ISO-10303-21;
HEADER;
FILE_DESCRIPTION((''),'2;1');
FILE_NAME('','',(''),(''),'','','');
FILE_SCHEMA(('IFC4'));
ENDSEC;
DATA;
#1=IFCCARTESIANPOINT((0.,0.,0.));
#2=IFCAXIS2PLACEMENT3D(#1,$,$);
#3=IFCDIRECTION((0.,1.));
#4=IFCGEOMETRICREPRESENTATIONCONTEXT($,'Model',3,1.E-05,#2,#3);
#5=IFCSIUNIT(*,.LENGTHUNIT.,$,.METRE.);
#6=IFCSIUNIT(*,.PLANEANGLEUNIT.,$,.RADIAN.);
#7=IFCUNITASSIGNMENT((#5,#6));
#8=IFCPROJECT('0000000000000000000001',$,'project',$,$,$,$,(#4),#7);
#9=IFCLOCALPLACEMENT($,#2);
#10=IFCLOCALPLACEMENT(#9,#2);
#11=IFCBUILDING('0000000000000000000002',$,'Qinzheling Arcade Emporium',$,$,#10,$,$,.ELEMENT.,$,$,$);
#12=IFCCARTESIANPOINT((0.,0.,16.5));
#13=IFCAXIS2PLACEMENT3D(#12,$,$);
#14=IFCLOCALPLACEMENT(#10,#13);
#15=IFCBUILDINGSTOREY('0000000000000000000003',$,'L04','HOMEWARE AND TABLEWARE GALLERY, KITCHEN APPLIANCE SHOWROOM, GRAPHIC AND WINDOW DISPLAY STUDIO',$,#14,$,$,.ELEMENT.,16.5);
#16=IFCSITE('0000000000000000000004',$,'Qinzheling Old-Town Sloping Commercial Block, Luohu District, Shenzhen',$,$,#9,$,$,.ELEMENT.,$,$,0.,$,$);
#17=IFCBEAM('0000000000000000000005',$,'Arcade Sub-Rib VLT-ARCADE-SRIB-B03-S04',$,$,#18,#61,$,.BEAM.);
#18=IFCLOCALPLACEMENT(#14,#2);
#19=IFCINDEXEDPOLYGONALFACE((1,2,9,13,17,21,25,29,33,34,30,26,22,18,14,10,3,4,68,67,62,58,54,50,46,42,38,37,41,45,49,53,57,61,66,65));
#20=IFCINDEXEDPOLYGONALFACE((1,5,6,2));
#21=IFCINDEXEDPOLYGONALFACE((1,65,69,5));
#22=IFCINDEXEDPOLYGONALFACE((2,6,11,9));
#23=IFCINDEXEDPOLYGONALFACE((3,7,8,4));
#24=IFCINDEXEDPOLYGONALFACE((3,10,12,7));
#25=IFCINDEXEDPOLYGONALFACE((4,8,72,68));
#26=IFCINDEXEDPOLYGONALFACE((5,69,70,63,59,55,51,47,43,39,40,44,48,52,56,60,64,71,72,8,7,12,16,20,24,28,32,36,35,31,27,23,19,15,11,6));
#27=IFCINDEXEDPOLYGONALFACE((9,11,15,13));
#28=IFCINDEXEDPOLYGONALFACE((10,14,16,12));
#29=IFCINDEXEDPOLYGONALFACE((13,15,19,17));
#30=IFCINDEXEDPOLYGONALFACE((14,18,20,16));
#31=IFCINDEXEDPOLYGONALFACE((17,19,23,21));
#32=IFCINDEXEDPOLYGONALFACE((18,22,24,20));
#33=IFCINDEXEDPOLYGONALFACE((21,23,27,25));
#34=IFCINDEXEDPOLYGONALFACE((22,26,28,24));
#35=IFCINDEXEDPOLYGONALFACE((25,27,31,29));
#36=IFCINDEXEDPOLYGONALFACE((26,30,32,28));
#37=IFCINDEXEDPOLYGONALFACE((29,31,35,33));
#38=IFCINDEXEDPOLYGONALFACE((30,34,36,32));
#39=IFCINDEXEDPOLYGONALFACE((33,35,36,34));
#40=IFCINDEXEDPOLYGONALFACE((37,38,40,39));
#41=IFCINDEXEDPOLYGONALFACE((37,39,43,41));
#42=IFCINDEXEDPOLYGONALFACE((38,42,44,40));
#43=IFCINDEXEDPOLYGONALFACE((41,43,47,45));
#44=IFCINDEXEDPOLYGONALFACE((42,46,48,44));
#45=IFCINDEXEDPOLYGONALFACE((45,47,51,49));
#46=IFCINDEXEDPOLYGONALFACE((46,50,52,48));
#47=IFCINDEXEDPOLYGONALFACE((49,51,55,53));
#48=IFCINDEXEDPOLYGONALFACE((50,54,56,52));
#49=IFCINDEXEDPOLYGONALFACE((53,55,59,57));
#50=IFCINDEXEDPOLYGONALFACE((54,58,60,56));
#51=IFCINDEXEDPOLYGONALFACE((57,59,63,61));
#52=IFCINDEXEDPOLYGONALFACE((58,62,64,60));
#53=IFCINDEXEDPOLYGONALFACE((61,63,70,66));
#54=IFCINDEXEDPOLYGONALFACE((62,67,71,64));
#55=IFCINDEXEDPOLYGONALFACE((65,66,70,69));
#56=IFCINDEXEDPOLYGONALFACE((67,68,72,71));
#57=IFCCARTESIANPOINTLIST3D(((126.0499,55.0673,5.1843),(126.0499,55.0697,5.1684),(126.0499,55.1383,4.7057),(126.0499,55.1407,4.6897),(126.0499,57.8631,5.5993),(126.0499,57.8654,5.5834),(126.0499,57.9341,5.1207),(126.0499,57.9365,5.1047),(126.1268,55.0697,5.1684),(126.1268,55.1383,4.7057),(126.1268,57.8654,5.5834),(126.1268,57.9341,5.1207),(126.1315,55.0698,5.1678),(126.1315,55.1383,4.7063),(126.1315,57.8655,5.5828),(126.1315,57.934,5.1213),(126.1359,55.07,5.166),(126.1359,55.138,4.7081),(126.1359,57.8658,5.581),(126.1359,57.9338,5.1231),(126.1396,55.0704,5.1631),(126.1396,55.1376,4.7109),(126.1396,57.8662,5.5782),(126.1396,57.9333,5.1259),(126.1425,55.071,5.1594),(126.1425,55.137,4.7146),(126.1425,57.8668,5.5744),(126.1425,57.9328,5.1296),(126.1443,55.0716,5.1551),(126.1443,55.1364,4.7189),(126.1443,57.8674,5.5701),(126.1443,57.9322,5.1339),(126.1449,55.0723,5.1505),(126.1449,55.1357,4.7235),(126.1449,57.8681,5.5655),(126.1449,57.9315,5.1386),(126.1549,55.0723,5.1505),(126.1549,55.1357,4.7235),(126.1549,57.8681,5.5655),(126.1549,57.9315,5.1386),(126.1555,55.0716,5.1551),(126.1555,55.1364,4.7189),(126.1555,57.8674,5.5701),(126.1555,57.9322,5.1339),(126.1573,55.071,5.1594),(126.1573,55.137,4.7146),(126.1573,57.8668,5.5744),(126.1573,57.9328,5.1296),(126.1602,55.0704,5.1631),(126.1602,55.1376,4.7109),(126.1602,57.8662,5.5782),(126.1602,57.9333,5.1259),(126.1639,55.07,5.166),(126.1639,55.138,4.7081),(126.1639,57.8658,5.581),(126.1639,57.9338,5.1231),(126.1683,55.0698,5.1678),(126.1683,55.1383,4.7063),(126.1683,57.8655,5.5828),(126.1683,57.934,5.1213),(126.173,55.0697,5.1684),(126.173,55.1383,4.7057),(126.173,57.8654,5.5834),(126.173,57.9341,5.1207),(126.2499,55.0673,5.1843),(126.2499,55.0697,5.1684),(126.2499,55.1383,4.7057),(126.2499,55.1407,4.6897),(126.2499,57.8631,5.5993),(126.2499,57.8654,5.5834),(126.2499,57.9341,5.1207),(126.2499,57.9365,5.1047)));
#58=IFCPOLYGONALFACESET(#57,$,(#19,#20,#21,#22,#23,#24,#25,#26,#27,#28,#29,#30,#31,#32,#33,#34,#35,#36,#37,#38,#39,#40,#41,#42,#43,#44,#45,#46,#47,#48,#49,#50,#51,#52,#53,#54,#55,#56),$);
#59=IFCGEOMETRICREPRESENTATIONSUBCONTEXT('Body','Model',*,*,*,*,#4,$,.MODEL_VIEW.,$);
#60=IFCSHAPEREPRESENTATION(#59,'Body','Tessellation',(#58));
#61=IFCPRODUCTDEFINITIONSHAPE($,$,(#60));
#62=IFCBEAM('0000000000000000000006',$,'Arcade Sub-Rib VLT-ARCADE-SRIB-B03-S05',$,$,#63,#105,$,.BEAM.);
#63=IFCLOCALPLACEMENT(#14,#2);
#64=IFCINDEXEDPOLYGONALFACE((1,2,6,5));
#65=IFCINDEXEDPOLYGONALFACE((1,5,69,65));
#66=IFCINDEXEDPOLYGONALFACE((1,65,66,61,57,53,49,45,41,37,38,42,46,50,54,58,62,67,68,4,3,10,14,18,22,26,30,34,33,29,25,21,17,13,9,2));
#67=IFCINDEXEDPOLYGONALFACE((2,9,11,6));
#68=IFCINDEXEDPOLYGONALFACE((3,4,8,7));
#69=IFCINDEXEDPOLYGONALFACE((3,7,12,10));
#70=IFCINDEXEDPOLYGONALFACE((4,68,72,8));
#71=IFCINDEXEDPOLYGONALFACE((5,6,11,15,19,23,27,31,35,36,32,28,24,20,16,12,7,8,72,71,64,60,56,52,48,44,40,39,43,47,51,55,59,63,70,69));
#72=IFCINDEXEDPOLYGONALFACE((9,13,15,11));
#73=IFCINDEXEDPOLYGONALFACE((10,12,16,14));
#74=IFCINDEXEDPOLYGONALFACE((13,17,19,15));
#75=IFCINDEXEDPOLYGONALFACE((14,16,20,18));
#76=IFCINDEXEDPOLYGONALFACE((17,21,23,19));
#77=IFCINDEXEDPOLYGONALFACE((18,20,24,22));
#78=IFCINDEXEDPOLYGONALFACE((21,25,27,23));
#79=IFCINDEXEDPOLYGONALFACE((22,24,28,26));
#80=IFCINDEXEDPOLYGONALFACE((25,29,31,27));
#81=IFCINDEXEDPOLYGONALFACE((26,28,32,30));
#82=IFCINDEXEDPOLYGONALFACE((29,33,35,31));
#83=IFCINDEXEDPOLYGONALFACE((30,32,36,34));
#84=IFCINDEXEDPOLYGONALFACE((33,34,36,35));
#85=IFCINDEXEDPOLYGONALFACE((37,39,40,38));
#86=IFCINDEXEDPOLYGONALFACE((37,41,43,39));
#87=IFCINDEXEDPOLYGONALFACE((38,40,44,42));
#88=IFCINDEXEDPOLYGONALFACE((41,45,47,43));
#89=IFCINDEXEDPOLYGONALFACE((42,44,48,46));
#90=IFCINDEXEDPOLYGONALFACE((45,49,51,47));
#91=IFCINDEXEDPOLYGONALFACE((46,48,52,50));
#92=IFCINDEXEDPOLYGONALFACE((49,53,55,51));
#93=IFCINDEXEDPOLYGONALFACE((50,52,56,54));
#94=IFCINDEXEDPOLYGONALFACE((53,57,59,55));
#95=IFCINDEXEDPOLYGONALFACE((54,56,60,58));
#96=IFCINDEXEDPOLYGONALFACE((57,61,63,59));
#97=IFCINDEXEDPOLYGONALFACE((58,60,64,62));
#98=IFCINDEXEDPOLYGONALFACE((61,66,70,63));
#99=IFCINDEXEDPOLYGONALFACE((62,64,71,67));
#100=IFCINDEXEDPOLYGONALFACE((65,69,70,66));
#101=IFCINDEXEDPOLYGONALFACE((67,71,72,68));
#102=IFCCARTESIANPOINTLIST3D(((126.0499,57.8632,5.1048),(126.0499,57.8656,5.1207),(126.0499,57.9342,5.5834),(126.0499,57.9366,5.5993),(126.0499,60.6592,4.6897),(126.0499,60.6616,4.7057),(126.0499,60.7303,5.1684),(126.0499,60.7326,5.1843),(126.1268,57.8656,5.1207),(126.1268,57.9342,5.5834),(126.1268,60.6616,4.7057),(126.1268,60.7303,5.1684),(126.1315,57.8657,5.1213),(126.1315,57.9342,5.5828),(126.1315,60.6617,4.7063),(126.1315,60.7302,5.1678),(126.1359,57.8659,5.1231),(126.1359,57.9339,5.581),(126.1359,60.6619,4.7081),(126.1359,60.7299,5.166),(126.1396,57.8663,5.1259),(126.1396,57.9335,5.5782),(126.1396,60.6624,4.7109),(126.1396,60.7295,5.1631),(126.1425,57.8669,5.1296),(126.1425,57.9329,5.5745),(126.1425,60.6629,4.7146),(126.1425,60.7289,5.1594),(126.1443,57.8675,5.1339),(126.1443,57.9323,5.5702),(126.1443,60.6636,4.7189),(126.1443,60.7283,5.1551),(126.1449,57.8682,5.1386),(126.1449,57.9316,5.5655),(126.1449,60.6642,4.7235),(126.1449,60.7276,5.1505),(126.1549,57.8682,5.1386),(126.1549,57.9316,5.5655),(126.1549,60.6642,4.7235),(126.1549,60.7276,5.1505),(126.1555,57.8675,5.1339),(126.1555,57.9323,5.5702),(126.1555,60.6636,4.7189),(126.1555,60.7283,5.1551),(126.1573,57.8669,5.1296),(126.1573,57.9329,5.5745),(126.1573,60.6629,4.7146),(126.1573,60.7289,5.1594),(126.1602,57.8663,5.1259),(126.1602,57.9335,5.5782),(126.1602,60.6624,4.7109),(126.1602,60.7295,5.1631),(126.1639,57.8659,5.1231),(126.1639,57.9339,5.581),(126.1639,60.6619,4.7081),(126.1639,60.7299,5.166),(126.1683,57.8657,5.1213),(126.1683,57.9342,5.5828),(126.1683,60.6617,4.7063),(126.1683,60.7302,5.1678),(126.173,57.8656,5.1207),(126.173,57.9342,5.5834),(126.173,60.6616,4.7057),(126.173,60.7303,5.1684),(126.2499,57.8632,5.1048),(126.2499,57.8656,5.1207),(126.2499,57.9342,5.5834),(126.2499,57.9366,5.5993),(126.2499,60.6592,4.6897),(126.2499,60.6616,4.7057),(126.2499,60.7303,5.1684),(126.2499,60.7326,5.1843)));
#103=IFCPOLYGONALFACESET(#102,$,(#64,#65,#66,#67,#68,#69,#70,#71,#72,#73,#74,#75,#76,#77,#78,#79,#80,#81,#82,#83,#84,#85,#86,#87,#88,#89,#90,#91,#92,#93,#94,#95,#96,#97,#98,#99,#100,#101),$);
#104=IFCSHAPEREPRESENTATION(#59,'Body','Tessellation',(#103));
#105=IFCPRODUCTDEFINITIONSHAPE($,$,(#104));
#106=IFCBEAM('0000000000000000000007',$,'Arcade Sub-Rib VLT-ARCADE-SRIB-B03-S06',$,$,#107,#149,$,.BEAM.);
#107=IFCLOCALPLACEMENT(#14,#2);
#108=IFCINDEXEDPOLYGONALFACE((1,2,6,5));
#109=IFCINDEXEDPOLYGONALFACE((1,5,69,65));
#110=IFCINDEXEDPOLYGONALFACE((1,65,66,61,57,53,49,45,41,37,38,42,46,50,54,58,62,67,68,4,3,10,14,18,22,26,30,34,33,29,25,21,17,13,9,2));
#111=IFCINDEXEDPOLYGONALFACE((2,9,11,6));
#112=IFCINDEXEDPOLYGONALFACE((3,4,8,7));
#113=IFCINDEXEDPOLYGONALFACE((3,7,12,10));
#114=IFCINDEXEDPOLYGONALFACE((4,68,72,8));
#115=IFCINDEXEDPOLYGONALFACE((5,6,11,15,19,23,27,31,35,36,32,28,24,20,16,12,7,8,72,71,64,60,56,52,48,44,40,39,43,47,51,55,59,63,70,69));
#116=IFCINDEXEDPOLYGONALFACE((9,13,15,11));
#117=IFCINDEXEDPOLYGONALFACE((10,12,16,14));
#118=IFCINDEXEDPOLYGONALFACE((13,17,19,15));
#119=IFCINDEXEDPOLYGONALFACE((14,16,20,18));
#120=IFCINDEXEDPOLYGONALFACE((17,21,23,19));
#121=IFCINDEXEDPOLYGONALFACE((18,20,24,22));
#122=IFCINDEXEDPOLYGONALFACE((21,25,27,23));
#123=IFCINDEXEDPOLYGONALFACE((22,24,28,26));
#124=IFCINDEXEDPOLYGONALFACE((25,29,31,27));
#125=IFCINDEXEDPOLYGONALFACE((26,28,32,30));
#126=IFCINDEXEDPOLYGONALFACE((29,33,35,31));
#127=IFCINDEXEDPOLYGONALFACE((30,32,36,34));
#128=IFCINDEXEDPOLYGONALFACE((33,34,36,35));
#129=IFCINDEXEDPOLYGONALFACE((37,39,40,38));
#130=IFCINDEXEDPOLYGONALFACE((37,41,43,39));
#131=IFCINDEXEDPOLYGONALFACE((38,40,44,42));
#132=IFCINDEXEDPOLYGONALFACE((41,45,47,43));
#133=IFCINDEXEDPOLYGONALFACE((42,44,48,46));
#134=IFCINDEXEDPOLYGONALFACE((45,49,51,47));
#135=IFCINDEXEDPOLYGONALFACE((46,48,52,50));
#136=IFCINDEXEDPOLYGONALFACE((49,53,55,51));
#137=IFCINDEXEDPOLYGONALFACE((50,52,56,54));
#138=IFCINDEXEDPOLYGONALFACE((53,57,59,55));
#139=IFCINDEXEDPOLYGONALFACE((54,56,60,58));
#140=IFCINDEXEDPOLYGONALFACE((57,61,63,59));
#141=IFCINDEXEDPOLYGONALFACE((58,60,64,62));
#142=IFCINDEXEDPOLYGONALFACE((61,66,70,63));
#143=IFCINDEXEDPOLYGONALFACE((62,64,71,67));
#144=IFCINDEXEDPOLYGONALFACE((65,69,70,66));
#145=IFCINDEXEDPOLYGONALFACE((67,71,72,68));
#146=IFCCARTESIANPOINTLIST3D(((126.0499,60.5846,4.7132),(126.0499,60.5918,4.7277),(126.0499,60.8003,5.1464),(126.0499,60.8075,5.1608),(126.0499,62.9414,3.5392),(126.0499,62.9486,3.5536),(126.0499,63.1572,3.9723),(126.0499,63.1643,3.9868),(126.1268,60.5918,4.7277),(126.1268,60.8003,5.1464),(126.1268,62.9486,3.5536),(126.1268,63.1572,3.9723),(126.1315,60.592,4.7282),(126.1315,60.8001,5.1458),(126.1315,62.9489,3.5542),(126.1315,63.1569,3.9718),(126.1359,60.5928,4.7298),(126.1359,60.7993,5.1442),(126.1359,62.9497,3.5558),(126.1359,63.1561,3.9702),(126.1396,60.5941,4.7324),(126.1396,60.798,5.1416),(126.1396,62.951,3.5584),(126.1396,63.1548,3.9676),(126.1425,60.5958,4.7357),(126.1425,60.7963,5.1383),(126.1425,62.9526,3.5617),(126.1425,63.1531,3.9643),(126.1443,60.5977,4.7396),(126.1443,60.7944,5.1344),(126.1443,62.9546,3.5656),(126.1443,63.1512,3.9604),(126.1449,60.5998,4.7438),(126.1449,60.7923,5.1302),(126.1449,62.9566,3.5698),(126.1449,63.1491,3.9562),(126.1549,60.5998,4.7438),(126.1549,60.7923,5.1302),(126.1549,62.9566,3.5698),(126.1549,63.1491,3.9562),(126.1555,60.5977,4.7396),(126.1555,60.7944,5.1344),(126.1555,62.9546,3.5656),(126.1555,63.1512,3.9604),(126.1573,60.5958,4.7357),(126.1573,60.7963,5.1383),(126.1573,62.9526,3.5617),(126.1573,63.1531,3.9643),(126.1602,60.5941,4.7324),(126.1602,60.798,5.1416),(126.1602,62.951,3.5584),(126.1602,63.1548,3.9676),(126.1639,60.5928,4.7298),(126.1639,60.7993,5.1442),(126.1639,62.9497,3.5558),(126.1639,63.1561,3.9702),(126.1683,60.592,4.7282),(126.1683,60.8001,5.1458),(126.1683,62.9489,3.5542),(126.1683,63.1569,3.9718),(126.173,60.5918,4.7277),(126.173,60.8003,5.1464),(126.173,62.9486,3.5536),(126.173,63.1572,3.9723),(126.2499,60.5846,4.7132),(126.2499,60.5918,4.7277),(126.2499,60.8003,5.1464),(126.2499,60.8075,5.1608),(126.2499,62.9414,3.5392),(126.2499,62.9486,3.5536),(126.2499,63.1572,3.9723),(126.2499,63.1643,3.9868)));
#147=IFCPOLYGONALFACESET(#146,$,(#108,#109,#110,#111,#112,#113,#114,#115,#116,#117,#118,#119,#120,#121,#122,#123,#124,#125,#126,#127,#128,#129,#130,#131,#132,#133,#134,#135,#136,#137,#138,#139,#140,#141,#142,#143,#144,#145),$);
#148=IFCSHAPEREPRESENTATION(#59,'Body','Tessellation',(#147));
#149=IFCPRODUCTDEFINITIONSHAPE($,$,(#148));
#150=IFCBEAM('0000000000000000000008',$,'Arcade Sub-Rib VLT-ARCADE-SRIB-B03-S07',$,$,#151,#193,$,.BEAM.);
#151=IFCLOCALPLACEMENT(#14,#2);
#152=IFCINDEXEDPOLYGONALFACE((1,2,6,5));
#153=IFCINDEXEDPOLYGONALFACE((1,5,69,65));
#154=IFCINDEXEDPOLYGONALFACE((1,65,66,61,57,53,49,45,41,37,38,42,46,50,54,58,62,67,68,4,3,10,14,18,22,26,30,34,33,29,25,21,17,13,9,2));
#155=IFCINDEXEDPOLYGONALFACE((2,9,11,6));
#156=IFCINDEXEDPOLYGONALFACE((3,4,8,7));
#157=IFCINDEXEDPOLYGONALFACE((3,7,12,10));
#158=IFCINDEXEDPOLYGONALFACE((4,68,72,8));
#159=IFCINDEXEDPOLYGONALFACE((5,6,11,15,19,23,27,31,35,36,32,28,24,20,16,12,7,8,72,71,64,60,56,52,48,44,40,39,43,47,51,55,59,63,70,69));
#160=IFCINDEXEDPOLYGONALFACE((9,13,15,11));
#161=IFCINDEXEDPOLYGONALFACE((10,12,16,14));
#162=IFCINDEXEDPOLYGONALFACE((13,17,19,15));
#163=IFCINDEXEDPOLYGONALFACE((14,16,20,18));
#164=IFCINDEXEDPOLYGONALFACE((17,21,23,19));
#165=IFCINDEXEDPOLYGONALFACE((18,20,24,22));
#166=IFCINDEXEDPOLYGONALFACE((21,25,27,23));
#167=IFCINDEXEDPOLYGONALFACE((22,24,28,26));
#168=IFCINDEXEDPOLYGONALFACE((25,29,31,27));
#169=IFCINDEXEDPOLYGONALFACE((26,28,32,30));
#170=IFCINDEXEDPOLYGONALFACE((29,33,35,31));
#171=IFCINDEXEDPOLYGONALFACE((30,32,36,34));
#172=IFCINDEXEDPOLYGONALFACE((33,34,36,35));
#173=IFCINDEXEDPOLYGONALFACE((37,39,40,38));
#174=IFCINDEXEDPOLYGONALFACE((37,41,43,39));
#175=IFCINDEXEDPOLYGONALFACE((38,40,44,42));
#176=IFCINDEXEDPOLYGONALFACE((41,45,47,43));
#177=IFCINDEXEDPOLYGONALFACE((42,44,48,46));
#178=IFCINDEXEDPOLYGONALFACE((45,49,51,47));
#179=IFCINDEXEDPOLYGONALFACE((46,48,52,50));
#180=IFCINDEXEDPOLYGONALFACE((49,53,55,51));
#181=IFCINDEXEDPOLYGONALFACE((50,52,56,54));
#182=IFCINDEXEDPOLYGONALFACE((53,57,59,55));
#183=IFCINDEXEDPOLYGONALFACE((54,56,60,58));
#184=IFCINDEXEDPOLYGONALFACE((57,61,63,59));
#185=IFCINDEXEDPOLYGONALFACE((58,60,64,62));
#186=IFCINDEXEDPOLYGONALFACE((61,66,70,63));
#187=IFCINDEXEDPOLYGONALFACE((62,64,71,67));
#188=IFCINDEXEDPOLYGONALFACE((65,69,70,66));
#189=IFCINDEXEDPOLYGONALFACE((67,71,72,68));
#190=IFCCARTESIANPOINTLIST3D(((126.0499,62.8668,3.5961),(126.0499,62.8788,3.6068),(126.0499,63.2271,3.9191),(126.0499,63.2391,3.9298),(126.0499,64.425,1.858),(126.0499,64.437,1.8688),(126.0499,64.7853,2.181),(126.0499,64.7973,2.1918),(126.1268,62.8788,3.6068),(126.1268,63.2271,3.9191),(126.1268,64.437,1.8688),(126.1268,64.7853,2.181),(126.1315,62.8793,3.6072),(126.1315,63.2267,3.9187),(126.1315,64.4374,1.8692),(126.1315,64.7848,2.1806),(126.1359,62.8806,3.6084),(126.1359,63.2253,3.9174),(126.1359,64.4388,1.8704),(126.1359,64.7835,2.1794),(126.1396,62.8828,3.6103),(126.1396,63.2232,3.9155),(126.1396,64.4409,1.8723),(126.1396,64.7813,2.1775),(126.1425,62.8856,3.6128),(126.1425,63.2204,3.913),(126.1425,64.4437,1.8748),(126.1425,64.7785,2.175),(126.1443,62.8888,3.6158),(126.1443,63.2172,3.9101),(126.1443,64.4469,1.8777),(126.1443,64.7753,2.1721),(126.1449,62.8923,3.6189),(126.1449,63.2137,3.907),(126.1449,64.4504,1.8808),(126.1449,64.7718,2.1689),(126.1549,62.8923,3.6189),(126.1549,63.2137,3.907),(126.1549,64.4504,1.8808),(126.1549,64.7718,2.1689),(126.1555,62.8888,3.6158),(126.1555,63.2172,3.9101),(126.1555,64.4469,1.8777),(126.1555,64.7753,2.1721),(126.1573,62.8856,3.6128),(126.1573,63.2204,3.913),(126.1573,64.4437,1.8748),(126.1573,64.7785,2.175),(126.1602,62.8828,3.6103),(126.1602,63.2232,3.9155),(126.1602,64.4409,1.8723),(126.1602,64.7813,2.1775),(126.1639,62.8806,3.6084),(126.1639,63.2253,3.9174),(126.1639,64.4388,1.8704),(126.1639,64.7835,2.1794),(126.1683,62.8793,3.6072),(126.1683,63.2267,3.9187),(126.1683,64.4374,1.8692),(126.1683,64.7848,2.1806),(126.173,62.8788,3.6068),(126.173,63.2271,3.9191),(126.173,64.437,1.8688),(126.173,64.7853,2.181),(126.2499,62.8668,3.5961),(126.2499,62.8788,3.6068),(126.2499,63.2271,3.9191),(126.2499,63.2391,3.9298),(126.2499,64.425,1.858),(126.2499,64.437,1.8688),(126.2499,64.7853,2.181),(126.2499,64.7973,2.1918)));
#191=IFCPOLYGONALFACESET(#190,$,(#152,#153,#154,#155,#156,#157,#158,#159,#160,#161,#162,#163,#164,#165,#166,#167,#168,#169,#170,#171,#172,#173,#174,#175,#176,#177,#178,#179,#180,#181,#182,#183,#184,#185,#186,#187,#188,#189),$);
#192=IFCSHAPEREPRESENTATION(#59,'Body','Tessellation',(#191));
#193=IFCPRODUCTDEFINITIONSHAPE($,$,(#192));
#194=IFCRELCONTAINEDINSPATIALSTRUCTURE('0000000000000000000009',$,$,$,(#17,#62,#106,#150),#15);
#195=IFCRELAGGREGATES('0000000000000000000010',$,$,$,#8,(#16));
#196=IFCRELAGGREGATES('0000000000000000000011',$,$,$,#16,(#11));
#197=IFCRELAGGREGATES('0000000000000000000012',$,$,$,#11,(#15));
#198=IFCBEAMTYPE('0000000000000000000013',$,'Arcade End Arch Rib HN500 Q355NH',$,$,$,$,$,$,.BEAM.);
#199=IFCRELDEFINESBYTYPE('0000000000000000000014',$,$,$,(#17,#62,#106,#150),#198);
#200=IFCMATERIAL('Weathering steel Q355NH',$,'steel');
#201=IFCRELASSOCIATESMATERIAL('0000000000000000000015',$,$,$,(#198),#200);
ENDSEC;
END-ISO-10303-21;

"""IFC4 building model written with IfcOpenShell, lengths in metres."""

from ifc_helpers import new_model, si_unit, direction, frame, origin, origin_2d, place, context, subcontext, project, spatial, i_section, extrude, material, material_profile, profile_set, type_object, element, save


model = new_model("IFC4")

# Units and contexts
model_context = context("Model", 3, precision=1e-05, world=origin(), true_north=direction((0.0, 1.0)))
body_context = subcontext(model_context, "Body", "Model", "MODEL_VIEW")
ifc_project = project(units=[si_unit("LENGTHUNIT", "METRE"), si_unit("PLANEANGLEUNIT", "RADIAN")], contexts=[model_context])

# Site, building, storey
site_placement = place(None, origin())
site = spatial("IfcSite", under=ifc_project, at=site_placement, Name="Qinzheling Old-Town Sloping Commercial Block, Luohu District, Shenzhen", CompositionType="ELEMENT", RefElevation=0.0)
building_placement = place(site_placement, origin())
building = spatial("IfcBuilding", under=site, at=building_placement, Name="Qinzheling Arcade Emporium", CompositionType="ELEMENT")
storey_placement = place(building_placement, frame((0.0, 0.0, 16.5)))
storey = spatial("IfcBuildingStorey", under=building, at=storey_placement, Name="L04", Description="HOMEWARE AND TABLEWARE GALLERY, KITCHEN APPLIANCE SHOWROOM, GRAPHIC AND WINDOW DISPLAY STUDIO", CompositionType="ELEMENT", Elevation=16.5)

# Beams
ifc_material_1 = material(Name="Weathering steel Q355NH", Category="steel")
ifc_material_profile_1 = material_profile(ifc_material_1, i_section(OverallWidth=0.2, OverallDepth=0.5, WebThickness=0.01, FlangeThickness=0.0161, FilletRadius=0.0181, at=origin_2d()), Name="HN 500x200x10x16", Category="steel")
ifc_profile_set_1 = profile_set([ifc_material_profile_1], Name="Weathering steel Q355NH")
beam_type_1 = type_object("IfcBeamType", Name="Arcade End Arch Rib HN500 Q355NH", PredefinedType="BEAM", material=ifc_profile_set_1)
beam_1_placement = place(storey_placement, frame((126.1499, 55.104, 4.937), z_axis=(0.0, 0.989161, 0.146837), x_axis=(-1.0, 0.0, 0.0)))
element("IfcBeam", 1, at=beam_1_placement, inside=storey, type_object=beam_type_1, Name="Arcade Sub-Rib VLT-ARCADE-SRIB-B03-S04", PredefinedType="BEAM", context=body_context, shape_type="SweptSolid", body=[
    extrude(i_section(OverallWidth=0.2, OverallDepth=0.5, WebThickness=0.01, FlangeThickness=0.0161, FilletRadius=0.0181, at=origin_2d()), origin(), (0.0, 0.0, 1.0), 2.8264),
])
beam_2_placement = place(storey_placement, frame((126.1499, 57.8999, 5.3521), z_axis=(0.0, 0.989163, -0.146824), x_axis=(-1.0, 0.0, 0.0)))
element("IfcBeam", 2, at=beam_2_placement, inside=storey, type_object=beam_type_1, Name="Arcade Sub-Rib VLT-ARCADE-SRIB-B03-S05", PredefinedType="BEAM", context=body_context, shape_type="SweptSolid", body=[
    extrude(i_section(OverallWidth=0.2, OverallDepth=0.5, WebThickness=0.01, FlangeThickness=0.0161, FilletRadius=0.0181, at=origin_2d()), origin(), (0.0, 0.0, 1.0), 2.8267),
])
beam_3_placement = place(storey_placement, frame((126.1499, 60.696, 4.937), z_axis=(0.0, 0.895094, -0.445878), x_axis=(-1.0, 0.0, 0.0)))
element("IfcBeam", 3, at=beam_3_placement, inside=storey, type_object=beam_type_1, Name="Arcade Sub-Rib VLT-ARCADE-SRIB-B03-S06", PredefinedType="BEAM", context=body_context, shape_type="SweptSolid", body=[
    extrude(i_section(OverallWidth=0.2, OverallDepth=0.5, WebThickness=0.01, FlangeThickness=0.0161, FilletRadius=0.0181, at=origin_2d()), origin(), (0.0, 0.0, 1.0), 2.6331),
])
beam_4_placement = place(storey_placement, frame((126.1499, 63.053, 3.7629), z_axis=(0.0, 0.667513, -0.744598), x_axis=(-1.0, 0.0, 0.0)))
element("IfcBeam", 4, at=beam_4_placement, inside=storey, type_object=beam_type_1, Name="Arcade Sub-Rib VLT-ARCADE-SRIB-B03-S07", PredefinedType="BEAM", context=body_context, shape_type="SweptSolid", body=[
    extrude(i_section(OverallWidth=0.2, OverallDepth=0.5, WebThickness=0.01, FlangeThickness=0.0161, FilletRadius=0.0181, at=origin_2d()), origin(), (0.0, 0.0, 1.0), 2.3342),
])

save(model, "model.ifc")
